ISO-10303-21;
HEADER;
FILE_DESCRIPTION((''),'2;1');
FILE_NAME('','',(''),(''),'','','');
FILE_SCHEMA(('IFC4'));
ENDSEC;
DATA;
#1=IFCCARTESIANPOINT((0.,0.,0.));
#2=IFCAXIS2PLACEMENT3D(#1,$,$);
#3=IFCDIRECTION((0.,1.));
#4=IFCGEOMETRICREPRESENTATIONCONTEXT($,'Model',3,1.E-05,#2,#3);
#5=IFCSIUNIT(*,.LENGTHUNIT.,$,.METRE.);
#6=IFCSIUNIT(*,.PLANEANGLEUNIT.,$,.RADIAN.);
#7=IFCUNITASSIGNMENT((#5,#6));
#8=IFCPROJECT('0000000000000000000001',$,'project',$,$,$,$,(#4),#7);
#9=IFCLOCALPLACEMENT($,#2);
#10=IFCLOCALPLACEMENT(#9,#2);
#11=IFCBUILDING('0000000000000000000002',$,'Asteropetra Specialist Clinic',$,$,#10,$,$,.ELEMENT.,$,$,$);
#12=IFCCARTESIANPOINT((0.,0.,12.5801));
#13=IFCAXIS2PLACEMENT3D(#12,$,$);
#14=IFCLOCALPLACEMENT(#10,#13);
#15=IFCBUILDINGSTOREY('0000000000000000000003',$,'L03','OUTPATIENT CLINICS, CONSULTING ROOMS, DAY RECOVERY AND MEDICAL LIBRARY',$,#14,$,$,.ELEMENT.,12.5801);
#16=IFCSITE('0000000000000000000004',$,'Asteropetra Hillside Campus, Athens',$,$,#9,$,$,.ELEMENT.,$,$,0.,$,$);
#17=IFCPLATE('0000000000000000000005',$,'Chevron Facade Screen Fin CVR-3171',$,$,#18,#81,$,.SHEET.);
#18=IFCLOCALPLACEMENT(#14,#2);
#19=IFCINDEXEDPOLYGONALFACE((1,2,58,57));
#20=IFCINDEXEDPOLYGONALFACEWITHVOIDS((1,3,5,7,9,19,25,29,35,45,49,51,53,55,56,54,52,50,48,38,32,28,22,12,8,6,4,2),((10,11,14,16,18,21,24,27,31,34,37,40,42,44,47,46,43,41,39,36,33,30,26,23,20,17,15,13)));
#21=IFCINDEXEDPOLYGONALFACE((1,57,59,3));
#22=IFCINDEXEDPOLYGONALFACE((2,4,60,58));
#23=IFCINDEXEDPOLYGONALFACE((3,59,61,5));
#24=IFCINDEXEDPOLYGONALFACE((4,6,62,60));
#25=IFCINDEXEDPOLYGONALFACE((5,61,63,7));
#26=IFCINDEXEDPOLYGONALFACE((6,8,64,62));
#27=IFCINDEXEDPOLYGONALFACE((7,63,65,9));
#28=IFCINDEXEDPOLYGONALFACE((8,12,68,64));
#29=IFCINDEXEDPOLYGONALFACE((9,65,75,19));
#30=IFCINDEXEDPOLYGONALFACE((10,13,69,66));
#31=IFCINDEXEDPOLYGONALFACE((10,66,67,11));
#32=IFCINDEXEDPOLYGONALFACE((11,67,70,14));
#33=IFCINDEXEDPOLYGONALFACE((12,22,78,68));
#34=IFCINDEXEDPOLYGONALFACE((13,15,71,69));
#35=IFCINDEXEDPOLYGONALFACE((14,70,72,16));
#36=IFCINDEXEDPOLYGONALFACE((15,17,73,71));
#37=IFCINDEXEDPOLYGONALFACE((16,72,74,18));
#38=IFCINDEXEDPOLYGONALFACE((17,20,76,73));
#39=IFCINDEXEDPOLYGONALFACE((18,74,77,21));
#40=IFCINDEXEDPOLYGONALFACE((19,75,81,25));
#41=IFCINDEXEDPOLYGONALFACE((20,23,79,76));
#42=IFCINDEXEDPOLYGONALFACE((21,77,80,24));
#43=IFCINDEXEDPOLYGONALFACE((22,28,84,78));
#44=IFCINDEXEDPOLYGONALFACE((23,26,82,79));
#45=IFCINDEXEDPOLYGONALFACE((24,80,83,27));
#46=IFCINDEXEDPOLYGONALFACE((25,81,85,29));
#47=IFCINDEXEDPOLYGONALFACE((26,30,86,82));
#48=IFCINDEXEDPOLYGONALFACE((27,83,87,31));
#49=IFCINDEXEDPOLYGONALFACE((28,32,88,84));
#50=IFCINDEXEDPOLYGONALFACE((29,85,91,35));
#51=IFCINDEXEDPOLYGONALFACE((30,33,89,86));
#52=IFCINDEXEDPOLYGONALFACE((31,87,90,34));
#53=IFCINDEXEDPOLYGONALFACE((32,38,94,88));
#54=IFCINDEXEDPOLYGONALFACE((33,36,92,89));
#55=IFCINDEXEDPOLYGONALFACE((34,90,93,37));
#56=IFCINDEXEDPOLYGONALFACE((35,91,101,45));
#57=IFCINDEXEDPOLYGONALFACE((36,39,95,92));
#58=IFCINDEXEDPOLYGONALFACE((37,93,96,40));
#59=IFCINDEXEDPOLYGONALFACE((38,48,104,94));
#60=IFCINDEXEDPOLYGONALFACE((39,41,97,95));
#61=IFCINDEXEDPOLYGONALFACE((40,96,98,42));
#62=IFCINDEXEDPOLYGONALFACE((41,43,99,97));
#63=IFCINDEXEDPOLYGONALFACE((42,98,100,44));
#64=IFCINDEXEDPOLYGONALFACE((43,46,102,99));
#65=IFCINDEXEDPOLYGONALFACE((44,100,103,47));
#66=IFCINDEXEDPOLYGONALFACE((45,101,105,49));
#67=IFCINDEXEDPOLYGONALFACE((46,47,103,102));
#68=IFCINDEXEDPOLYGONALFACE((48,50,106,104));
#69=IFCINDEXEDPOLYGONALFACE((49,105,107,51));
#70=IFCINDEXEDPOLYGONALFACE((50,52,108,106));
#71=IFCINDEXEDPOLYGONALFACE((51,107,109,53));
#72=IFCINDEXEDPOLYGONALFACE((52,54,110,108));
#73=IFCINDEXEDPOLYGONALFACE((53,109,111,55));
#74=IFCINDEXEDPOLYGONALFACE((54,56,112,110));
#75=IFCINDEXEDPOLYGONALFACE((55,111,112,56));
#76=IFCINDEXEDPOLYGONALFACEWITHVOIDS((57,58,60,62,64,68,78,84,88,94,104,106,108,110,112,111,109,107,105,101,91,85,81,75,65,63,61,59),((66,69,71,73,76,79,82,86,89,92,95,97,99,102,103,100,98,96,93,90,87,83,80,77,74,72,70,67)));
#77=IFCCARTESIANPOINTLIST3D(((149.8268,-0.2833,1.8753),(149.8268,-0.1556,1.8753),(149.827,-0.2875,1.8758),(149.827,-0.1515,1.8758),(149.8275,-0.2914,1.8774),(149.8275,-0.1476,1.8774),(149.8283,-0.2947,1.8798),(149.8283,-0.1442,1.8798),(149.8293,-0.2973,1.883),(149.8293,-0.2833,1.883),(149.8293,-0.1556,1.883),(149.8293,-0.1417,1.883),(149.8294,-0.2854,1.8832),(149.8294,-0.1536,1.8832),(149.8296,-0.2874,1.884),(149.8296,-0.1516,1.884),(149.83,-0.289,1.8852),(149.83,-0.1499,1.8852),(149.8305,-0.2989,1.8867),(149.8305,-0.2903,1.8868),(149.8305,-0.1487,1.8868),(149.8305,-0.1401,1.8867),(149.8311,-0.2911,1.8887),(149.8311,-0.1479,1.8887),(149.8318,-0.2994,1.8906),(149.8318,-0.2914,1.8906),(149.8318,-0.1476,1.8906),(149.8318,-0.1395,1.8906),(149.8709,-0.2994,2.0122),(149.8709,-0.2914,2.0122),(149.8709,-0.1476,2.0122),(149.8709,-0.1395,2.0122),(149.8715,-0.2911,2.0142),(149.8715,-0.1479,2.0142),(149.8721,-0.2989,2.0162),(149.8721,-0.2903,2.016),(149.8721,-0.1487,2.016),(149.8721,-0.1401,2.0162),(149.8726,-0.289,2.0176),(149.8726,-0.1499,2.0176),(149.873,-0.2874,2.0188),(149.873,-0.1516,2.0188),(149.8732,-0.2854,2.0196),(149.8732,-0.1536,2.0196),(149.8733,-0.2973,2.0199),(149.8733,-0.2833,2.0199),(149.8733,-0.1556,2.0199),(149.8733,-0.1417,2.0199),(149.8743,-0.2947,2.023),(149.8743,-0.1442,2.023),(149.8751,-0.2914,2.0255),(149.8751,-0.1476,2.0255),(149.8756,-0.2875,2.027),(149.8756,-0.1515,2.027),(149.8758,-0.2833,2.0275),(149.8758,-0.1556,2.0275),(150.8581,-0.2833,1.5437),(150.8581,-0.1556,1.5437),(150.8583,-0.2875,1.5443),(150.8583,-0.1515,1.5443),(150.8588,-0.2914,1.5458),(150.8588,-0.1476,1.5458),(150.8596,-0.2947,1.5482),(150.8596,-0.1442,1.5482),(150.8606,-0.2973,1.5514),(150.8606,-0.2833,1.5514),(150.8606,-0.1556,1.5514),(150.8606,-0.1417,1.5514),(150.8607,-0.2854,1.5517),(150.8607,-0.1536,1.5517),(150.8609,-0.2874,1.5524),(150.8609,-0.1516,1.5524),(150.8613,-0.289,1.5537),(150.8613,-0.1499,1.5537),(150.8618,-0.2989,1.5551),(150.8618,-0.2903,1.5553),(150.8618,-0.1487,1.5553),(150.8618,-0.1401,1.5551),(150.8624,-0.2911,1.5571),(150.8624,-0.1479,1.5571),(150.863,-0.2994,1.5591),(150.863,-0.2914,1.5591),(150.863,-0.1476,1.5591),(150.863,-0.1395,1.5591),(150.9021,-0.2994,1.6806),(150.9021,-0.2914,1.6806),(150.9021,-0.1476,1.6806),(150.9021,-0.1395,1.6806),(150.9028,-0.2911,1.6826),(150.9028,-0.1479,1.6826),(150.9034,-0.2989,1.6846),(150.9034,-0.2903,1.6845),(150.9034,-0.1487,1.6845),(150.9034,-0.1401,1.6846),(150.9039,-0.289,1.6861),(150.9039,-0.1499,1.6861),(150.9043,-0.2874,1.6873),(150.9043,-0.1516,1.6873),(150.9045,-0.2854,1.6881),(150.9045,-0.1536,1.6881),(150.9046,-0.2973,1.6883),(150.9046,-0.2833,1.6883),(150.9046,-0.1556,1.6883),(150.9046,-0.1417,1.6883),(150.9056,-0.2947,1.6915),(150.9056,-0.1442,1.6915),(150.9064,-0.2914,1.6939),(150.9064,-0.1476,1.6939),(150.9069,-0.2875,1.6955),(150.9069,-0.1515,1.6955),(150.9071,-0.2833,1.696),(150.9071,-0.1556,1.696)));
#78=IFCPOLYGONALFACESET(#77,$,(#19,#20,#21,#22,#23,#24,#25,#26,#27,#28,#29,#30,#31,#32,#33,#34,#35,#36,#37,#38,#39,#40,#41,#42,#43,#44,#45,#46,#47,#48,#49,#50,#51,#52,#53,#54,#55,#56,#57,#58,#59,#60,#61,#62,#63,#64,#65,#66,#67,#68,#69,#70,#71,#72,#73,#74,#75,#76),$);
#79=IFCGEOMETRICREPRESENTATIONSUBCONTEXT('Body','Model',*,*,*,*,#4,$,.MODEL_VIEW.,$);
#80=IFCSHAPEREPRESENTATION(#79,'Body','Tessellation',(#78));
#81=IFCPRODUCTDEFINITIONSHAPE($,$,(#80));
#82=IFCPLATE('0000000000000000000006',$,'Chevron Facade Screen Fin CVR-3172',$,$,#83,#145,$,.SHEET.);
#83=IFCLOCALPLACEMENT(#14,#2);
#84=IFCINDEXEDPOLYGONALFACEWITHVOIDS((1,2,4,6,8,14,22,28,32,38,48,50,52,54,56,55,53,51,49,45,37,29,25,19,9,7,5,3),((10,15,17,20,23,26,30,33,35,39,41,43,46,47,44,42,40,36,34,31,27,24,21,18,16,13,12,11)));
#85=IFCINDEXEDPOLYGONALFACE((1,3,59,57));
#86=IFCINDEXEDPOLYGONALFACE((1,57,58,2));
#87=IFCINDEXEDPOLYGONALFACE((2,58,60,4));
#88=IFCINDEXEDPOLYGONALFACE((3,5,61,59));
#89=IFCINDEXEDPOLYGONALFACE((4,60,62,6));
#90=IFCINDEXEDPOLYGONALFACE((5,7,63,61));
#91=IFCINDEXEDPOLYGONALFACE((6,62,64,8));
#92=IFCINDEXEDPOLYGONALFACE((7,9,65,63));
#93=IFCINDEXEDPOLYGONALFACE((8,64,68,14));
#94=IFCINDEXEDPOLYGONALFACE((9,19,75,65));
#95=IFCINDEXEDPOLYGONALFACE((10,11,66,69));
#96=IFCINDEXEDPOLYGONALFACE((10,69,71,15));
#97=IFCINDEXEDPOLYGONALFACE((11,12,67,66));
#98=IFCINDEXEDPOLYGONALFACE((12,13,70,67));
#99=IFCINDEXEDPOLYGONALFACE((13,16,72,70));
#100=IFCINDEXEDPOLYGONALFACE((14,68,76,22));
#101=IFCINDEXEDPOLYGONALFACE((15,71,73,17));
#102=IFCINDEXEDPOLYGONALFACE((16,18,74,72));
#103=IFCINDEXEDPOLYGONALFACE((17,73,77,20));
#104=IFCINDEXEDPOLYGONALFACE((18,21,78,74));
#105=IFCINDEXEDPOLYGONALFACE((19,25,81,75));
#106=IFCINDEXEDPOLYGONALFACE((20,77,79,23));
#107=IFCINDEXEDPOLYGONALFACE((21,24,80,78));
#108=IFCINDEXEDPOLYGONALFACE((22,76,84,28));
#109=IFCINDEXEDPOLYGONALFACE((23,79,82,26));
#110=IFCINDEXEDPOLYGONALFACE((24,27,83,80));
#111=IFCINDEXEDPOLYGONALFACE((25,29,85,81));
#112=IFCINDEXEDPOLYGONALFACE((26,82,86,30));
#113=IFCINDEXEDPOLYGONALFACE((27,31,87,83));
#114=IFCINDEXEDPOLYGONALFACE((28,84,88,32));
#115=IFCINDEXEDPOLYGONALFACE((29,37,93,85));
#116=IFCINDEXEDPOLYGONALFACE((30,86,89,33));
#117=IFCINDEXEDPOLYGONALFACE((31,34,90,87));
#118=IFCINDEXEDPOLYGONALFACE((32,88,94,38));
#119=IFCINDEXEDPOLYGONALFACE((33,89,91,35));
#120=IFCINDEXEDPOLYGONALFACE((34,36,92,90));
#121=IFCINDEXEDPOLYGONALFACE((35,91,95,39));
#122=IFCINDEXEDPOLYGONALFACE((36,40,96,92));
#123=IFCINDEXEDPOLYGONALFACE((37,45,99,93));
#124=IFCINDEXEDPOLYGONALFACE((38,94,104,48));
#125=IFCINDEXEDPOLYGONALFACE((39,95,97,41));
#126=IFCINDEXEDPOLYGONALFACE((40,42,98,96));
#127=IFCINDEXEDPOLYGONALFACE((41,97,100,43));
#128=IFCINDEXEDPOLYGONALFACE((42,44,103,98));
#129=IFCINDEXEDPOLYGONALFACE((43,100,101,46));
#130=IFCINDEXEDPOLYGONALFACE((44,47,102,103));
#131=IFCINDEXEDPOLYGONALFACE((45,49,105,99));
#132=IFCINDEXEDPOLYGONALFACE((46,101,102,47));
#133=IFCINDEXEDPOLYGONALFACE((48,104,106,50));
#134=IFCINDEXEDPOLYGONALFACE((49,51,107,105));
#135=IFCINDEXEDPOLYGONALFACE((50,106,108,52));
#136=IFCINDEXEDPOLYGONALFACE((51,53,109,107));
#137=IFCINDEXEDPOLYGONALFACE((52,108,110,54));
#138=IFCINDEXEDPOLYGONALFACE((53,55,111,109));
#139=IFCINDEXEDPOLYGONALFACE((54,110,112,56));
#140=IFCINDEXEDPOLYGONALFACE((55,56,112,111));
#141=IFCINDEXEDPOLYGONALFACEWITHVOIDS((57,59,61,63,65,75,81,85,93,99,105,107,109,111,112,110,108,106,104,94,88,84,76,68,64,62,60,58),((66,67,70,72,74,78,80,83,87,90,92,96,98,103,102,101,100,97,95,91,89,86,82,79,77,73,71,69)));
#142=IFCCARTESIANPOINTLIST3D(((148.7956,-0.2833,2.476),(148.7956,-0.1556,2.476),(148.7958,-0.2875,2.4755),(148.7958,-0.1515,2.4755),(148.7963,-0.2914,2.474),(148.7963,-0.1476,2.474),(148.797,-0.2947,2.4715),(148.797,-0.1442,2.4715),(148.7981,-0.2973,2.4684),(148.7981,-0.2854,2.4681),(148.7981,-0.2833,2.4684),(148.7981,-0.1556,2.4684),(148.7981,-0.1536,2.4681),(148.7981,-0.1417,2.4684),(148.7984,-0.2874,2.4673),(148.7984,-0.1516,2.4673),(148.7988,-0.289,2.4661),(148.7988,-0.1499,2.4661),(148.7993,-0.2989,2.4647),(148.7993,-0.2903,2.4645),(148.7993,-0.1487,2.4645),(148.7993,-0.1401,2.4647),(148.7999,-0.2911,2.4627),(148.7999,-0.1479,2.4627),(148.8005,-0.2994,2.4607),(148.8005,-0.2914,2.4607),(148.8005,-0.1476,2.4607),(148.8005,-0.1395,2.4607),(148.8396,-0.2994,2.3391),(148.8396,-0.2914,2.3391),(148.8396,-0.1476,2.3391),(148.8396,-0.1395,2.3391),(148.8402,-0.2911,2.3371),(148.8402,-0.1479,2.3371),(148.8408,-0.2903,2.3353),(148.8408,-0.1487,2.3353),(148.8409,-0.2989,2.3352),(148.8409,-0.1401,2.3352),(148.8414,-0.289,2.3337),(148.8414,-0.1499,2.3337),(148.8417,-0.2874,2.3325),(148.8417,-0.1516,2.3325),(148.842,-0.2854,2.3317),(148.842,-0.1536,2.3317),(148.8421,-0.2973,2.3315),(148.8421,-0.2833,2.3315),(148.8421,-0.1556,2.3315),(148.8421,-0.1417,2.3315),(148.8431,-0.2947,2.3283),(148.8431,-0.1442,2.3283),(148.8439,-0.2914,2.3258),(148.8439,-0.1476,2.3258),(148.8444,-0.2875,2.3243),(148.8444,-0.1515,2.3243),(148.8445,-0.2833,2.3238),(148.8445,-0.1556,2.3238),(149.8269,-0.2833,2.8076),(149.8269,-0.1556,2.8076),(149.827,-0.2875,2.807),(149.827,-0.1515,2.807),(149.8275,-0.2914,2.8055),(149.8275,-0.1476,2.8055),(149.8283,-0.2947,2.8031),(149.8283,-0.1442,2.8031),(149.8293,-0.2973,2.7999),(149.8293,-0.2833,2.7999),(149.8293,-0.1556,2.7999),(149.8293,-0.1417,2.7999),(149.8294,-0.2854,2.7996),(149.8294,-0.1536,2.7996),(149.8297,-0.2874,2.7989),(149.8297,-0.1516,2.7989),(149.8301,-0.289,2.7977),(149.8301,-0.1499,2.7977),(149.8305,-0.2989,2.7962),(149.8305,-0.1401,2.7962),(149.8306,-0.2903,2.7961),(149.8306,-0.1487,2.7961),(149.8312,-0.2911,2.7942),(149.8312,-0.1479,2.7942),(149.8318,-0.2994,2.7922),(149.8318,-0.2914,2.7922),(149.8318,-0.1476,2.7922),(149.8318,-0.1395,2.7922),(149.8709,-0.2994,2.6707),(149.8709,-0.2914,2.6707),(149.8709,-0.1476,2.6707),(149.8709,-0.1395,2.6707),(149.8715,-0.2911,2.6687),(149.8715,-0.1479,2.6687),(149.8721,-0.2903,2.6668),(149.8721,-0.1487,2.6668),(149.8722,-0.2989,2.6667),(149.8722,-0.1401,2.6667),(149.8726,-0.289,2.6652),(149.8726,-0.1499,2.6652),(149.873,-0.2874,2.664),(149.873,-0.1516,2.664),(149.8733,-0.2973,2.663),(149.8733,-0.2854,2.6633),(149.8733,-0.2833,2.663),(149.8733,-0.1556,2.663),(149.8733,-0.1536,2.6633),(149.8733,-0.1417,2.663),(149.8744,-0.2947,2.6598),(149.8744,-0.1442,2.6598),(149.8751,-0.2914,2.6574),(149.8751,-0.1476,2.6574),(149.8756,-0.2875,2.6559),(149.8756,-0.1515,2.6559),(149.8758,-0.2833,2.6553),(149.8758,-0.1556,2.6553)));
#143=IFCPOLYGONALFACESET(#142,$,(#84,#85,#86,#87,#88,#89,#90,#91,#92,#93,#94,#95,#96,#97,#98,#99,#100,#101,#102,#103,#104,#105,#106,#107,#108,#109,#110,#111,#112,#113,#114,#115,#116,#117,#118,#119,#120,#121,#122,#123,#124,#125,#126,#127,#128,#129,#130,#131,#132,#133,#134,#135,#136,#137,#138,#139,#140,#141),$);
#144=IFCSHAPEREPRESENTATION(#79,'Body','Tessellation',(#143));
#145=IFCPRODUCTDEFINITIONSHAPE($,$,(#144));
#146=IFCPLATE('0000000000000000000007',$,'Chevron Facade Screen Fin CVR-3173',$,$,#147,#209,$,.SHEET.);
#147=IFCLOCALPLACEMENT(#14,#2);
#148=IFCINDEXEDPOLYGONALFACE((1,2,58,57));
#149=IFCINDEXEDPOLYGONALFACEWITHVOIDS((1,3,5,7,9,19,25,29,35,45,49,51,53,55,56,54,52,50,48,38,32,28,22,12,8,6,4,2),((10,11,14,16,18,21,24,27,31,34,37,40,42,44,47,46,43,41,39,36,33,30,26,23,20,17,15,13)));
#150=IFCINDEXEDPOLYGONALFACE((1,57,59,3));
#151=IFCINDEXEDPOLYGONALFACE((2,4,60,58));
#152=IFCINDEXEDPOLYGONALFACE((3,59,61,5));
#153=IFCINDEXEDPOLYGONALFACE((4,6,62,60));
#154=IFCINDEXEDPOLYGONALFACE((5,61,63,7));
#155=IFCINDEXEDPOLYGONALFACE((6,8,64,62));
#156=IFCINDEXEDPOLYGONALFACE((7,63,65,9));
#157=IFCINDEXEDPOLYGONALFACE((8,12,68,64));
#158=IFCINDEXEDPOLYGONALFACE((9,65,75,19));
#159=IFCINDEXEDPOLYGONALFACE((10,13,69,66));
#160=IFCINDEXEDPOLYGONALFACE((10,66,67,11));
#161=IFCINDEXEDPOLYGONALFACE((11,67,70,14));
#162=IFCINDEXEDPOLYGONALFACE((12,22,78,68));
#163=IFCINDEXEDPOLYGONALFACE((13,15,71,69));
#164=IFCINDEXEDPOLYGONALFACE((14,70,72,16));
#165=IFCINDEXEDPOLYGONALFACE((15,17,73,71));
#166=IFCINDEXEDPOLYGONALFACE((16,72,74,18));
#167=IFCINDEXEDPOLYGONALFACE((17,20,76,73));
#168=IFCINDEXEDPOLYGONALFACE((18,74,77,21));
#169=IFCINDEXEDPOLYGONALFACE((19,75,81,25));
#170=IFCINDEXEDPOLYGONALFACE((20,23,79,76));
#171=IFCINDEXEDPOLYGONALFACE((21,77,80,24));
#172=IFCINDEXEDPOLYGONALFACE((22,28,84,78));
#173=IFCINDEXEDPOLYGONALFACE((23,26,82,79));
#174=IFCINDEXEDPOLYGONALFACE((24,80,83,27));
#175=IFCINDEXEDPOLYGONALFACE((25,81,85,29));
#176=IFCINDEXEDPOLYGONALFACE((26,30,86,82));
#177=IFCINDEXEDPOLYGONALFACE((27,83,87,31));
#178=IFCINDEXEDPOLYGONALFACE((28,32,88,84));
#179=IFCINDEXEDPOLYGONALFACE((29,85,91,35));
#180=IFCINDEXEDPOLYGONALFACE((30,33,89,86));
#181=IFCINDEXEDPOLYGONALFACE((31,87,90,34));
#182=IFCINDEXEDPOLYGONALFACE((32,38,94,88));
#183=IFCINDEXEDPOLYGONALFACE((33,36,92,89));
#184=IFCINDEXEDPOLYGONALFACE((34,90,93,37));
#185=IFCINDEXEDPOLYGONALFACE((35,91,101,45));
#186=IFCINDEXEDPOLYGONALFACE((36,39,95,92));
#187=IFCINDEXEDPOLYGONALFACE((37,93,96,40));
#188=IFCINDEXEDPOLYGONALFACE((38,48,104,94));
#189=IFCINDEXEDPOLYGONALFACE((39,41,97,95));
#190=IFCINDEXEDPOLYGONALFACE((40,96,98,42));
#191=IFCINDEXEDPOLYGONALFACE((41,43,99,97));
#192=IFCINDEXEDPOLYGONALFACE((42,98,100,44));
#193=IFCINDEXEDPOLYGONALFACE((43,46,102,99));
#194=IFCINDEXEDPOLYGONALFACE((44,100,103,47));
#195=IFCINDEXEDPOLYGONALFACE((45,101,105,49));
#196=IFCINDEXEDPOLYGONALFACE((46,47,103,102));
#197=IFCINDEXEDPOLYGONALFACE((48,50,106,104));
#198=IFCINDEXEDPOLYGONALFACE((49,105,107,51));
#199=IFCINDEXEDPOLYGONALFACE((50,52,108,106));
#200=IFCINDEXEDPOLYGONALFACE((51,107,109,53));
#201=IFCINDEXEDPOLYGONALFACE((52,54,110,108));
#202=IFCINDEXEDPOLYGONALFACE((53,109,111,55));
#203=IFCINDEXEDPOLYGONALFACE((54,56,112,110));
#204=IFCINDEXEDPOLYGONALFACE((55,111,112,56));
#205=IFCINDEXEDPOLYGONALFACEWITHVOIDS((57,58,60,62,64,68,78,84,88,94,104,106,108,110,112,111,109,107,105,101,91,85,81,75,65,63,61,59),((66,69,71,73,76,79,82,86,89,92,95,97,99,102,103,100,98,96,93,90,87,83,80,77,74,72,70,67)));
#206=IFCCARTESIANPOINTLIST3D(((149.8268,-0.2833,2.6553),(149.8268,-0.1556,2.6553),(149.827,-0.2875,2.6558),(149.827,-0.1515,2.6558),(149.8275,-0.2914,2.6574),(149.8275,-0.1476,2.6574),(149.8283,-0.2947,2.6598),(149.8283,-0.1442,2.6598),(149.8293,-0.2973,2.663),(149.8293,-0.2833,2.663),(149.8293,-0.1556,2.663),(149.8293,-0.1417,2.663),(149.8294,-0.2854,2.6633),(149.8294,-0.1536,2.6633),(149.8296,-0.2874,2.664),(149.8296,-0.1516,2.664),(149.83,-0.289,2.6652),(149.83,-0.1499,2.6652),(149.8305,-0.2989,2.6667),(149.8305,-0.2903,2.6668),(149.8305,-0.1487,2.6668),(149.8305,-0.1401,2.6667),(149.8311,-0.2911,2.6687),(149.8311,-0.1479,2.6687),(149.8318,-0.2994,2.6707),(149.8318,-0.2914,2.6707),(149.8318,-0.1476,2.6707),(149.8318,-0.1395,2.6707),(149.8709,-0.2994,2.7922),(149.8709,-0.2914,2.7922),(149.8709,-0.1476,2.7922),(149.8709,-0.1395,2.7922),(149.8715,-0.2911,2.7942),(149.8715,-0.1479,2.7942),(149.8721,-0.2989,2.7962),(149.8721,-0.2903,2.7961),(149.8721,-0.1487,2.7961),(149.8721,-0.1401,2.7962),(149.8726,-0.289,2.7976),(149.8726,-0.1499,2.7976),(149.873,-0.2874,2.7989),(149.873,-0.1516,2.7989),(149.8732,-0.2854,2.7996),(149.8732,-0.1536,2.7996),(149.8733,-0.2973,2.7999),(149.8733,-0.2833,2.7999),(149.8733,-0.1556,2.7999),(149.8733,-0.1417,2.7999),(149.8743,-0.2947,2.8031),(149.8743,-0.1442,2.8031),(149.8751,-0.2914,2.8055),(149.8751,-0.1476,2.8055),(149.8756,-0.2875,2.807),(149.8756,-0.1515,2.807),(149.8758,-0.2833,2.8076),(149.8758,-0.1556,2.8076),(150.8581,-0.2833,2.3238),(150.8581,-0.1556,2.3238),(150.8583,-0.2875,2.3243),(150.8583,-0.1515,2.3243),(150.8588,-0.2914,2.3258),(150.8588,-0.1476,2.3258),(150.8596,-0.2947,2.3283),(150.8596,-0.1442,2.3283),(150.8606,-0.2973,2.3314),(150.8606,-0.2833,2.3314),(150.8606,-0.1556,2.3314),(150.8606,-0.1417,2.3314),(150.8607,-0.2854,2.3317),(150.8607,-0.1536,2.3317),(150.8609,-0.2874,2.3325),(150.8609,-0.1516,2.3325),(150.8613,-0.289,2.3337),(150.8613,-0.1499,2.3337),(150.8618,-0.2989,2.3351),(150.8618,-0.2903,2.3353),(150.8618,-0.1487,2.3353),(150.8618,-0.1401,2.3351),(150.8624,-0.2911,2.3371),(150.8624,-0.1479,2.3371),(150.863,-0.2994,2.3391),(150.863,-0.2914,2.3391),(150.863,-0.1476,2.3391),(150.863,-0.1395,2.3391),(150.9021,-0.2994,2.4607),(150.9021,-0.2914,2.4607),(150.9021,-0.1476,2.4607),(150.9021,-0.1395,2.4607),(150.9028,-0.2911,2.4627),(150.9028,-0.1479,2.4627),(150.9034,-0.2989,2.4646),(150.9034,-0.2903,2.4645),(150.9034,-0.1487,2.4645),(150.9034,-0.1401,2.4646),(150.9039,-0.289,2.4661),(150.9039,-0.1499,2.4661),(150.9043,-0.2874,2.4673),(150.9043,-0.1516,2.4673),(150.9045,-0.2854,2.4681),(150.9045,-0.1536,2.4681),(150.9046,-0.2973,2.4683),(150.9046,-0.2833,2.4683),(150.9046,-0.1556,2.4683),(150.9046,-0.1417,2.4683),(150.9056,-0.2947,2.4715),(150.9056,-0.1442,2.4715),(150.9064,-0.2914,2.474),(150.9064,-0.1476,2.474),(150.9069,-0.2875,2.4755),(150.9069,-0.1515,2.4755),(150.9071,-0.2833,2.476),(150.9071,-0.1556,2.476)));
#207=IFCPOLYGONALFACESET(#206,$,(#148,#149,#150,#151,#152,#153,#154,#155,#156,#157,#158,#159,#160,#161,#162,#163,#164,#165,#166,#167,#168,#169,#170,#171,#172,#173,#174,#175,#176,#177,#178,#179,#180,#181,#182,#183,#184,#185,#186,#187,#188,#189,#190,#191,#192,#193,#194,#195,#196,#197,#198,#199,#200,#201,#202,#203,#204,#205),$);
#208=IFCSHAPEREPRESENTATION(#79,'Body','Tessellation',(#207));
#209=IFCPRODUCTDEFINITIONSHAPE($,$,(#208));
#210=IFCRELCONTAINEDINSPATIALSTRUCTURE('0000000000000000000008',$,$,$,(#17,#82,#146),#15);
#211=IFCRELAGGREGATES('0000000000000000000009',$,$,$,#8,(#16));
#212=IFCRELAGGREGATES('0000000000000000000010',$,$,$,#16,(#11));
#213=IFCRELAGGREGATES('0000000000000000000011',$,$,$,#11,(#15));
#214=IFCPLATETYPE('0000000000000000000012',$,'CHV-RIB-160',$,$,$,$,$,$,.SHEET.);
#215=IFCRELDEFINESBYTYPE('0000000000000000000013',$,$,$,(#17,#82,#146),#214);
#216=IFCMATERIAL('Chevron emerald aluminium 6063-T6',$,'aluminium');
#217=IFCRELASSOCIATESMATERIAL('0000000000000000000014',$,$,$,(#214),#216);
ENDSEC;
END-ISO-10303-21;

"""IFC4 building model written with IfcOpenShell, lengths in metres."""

from ifc_helpers import new_model, si_unit, direction, frame, origin, origin_2d, place, context, subcontext, project, spatial, hollow_rectangle, extrude, material, material_profile, profile_set, type_object, element, save


model = new_model("IFC4")

# Units and contexts
model_context = context("Model", 3, precision=1e-05, world=origin(), true_north=direction((0.0, 1.0)))
body_context = subcontext(model_context, "Body", "Model", "MODEL_VIEW")
ifc_project = project(units=[si_unit("LENGTHUNIT", "METRE"), si_unit("PLANEANGLEUNIT", "RADIAN")], contexts=[model_context])

# Site, building, storey
site_placement = place(None, origin())
site = spatial("IfcSite", under=ifc_project, at=site_placement, Name="Asteropetra Hillside Campus, Athens", CompositionType="ELEMENT", RefElevation=0.0)
building_placement = place(site_placement, origin())
building = spatial("IfcBuilding", under=site, at=building_placement, Name="Asteropetra Specialist Clinic", CompositionType="ELEMENT")
storey_placement = place(building_placement, frame((0.0, 0.0, 12.5801)))
storey = spatial("IfcBuildingStorey", under=building, at=storey_placement, Name="L03", Description="OUTPATIENT CLINICS, CONSULTING ROOMS, DAY RECOVERY AND MEDICAL LIBRARY", CompositionType="ELEMENT", Elevation=12.5801)

# Plates
ifc_material_1 = material(Name="Chevron emerald aluminium 6063-T6", Category="aluminium")
ifc_material_profile = material_profile(ifc_material_1, hollow_rectangle(XDim=0.1599, YDim=0.1599, WallThickness=0.0081, InnerFilletRadius=0.0081, OuterFilletRadius=0.0161, at=origin_2d()), Name="SHS 160x160x8.0")
ifc_profile_set = profile_set([ifc_material_profile], Name="Chevron emerald aluminium 6063-T6")
plate_type_1 = type_object("IfcPlateType", Name="CHV-RIB-160", PredefinedType="SHEET", material=ifc_profile_set)
for number, where, z_axis, x_axis, name in (
    (1, (149.8513, -0.2195, 1.9514), (0.95201, 0.0, -0.306068), (0.0, 1.0, 0.0), "Chevron Facade Screen Fin CVR-3171"),
    (2, (148.8201, -0.2195, 2.3999), (0.95201, 0.0, 0.306068), (0.0, 1.0, 0.0), "Chevron Facade Screen Fin CVR-3172"),
    (3, (149.8513, -0.2195, 2.7314), (0.95201, 0.0, -0.306068), (0.0, 1.0, 0.0), "Chevron Facade Screen Fin CVR-3173"),
):
    element("IfcPlate", number, at=place(storey_placement, frame(where, z_axis=z_axis, x_axis=x_axis)), inside=storey, type_object=plate_type_1, Name=name, PredefinedType="SHEET", context=body_context, shape_type="SweptSolid", body=[
        extrude(hollow_rectangle(XDim=0.1599, YDim=0.1599, WallThickness=0.0081, InnerFilletRadius=0.0081, OuterFilletRadius=0.0161, at=origin_2d()), origin(), (0.0, 0.0, 1.0), 1.0833),
    ])

save(model, "model.ifc")
